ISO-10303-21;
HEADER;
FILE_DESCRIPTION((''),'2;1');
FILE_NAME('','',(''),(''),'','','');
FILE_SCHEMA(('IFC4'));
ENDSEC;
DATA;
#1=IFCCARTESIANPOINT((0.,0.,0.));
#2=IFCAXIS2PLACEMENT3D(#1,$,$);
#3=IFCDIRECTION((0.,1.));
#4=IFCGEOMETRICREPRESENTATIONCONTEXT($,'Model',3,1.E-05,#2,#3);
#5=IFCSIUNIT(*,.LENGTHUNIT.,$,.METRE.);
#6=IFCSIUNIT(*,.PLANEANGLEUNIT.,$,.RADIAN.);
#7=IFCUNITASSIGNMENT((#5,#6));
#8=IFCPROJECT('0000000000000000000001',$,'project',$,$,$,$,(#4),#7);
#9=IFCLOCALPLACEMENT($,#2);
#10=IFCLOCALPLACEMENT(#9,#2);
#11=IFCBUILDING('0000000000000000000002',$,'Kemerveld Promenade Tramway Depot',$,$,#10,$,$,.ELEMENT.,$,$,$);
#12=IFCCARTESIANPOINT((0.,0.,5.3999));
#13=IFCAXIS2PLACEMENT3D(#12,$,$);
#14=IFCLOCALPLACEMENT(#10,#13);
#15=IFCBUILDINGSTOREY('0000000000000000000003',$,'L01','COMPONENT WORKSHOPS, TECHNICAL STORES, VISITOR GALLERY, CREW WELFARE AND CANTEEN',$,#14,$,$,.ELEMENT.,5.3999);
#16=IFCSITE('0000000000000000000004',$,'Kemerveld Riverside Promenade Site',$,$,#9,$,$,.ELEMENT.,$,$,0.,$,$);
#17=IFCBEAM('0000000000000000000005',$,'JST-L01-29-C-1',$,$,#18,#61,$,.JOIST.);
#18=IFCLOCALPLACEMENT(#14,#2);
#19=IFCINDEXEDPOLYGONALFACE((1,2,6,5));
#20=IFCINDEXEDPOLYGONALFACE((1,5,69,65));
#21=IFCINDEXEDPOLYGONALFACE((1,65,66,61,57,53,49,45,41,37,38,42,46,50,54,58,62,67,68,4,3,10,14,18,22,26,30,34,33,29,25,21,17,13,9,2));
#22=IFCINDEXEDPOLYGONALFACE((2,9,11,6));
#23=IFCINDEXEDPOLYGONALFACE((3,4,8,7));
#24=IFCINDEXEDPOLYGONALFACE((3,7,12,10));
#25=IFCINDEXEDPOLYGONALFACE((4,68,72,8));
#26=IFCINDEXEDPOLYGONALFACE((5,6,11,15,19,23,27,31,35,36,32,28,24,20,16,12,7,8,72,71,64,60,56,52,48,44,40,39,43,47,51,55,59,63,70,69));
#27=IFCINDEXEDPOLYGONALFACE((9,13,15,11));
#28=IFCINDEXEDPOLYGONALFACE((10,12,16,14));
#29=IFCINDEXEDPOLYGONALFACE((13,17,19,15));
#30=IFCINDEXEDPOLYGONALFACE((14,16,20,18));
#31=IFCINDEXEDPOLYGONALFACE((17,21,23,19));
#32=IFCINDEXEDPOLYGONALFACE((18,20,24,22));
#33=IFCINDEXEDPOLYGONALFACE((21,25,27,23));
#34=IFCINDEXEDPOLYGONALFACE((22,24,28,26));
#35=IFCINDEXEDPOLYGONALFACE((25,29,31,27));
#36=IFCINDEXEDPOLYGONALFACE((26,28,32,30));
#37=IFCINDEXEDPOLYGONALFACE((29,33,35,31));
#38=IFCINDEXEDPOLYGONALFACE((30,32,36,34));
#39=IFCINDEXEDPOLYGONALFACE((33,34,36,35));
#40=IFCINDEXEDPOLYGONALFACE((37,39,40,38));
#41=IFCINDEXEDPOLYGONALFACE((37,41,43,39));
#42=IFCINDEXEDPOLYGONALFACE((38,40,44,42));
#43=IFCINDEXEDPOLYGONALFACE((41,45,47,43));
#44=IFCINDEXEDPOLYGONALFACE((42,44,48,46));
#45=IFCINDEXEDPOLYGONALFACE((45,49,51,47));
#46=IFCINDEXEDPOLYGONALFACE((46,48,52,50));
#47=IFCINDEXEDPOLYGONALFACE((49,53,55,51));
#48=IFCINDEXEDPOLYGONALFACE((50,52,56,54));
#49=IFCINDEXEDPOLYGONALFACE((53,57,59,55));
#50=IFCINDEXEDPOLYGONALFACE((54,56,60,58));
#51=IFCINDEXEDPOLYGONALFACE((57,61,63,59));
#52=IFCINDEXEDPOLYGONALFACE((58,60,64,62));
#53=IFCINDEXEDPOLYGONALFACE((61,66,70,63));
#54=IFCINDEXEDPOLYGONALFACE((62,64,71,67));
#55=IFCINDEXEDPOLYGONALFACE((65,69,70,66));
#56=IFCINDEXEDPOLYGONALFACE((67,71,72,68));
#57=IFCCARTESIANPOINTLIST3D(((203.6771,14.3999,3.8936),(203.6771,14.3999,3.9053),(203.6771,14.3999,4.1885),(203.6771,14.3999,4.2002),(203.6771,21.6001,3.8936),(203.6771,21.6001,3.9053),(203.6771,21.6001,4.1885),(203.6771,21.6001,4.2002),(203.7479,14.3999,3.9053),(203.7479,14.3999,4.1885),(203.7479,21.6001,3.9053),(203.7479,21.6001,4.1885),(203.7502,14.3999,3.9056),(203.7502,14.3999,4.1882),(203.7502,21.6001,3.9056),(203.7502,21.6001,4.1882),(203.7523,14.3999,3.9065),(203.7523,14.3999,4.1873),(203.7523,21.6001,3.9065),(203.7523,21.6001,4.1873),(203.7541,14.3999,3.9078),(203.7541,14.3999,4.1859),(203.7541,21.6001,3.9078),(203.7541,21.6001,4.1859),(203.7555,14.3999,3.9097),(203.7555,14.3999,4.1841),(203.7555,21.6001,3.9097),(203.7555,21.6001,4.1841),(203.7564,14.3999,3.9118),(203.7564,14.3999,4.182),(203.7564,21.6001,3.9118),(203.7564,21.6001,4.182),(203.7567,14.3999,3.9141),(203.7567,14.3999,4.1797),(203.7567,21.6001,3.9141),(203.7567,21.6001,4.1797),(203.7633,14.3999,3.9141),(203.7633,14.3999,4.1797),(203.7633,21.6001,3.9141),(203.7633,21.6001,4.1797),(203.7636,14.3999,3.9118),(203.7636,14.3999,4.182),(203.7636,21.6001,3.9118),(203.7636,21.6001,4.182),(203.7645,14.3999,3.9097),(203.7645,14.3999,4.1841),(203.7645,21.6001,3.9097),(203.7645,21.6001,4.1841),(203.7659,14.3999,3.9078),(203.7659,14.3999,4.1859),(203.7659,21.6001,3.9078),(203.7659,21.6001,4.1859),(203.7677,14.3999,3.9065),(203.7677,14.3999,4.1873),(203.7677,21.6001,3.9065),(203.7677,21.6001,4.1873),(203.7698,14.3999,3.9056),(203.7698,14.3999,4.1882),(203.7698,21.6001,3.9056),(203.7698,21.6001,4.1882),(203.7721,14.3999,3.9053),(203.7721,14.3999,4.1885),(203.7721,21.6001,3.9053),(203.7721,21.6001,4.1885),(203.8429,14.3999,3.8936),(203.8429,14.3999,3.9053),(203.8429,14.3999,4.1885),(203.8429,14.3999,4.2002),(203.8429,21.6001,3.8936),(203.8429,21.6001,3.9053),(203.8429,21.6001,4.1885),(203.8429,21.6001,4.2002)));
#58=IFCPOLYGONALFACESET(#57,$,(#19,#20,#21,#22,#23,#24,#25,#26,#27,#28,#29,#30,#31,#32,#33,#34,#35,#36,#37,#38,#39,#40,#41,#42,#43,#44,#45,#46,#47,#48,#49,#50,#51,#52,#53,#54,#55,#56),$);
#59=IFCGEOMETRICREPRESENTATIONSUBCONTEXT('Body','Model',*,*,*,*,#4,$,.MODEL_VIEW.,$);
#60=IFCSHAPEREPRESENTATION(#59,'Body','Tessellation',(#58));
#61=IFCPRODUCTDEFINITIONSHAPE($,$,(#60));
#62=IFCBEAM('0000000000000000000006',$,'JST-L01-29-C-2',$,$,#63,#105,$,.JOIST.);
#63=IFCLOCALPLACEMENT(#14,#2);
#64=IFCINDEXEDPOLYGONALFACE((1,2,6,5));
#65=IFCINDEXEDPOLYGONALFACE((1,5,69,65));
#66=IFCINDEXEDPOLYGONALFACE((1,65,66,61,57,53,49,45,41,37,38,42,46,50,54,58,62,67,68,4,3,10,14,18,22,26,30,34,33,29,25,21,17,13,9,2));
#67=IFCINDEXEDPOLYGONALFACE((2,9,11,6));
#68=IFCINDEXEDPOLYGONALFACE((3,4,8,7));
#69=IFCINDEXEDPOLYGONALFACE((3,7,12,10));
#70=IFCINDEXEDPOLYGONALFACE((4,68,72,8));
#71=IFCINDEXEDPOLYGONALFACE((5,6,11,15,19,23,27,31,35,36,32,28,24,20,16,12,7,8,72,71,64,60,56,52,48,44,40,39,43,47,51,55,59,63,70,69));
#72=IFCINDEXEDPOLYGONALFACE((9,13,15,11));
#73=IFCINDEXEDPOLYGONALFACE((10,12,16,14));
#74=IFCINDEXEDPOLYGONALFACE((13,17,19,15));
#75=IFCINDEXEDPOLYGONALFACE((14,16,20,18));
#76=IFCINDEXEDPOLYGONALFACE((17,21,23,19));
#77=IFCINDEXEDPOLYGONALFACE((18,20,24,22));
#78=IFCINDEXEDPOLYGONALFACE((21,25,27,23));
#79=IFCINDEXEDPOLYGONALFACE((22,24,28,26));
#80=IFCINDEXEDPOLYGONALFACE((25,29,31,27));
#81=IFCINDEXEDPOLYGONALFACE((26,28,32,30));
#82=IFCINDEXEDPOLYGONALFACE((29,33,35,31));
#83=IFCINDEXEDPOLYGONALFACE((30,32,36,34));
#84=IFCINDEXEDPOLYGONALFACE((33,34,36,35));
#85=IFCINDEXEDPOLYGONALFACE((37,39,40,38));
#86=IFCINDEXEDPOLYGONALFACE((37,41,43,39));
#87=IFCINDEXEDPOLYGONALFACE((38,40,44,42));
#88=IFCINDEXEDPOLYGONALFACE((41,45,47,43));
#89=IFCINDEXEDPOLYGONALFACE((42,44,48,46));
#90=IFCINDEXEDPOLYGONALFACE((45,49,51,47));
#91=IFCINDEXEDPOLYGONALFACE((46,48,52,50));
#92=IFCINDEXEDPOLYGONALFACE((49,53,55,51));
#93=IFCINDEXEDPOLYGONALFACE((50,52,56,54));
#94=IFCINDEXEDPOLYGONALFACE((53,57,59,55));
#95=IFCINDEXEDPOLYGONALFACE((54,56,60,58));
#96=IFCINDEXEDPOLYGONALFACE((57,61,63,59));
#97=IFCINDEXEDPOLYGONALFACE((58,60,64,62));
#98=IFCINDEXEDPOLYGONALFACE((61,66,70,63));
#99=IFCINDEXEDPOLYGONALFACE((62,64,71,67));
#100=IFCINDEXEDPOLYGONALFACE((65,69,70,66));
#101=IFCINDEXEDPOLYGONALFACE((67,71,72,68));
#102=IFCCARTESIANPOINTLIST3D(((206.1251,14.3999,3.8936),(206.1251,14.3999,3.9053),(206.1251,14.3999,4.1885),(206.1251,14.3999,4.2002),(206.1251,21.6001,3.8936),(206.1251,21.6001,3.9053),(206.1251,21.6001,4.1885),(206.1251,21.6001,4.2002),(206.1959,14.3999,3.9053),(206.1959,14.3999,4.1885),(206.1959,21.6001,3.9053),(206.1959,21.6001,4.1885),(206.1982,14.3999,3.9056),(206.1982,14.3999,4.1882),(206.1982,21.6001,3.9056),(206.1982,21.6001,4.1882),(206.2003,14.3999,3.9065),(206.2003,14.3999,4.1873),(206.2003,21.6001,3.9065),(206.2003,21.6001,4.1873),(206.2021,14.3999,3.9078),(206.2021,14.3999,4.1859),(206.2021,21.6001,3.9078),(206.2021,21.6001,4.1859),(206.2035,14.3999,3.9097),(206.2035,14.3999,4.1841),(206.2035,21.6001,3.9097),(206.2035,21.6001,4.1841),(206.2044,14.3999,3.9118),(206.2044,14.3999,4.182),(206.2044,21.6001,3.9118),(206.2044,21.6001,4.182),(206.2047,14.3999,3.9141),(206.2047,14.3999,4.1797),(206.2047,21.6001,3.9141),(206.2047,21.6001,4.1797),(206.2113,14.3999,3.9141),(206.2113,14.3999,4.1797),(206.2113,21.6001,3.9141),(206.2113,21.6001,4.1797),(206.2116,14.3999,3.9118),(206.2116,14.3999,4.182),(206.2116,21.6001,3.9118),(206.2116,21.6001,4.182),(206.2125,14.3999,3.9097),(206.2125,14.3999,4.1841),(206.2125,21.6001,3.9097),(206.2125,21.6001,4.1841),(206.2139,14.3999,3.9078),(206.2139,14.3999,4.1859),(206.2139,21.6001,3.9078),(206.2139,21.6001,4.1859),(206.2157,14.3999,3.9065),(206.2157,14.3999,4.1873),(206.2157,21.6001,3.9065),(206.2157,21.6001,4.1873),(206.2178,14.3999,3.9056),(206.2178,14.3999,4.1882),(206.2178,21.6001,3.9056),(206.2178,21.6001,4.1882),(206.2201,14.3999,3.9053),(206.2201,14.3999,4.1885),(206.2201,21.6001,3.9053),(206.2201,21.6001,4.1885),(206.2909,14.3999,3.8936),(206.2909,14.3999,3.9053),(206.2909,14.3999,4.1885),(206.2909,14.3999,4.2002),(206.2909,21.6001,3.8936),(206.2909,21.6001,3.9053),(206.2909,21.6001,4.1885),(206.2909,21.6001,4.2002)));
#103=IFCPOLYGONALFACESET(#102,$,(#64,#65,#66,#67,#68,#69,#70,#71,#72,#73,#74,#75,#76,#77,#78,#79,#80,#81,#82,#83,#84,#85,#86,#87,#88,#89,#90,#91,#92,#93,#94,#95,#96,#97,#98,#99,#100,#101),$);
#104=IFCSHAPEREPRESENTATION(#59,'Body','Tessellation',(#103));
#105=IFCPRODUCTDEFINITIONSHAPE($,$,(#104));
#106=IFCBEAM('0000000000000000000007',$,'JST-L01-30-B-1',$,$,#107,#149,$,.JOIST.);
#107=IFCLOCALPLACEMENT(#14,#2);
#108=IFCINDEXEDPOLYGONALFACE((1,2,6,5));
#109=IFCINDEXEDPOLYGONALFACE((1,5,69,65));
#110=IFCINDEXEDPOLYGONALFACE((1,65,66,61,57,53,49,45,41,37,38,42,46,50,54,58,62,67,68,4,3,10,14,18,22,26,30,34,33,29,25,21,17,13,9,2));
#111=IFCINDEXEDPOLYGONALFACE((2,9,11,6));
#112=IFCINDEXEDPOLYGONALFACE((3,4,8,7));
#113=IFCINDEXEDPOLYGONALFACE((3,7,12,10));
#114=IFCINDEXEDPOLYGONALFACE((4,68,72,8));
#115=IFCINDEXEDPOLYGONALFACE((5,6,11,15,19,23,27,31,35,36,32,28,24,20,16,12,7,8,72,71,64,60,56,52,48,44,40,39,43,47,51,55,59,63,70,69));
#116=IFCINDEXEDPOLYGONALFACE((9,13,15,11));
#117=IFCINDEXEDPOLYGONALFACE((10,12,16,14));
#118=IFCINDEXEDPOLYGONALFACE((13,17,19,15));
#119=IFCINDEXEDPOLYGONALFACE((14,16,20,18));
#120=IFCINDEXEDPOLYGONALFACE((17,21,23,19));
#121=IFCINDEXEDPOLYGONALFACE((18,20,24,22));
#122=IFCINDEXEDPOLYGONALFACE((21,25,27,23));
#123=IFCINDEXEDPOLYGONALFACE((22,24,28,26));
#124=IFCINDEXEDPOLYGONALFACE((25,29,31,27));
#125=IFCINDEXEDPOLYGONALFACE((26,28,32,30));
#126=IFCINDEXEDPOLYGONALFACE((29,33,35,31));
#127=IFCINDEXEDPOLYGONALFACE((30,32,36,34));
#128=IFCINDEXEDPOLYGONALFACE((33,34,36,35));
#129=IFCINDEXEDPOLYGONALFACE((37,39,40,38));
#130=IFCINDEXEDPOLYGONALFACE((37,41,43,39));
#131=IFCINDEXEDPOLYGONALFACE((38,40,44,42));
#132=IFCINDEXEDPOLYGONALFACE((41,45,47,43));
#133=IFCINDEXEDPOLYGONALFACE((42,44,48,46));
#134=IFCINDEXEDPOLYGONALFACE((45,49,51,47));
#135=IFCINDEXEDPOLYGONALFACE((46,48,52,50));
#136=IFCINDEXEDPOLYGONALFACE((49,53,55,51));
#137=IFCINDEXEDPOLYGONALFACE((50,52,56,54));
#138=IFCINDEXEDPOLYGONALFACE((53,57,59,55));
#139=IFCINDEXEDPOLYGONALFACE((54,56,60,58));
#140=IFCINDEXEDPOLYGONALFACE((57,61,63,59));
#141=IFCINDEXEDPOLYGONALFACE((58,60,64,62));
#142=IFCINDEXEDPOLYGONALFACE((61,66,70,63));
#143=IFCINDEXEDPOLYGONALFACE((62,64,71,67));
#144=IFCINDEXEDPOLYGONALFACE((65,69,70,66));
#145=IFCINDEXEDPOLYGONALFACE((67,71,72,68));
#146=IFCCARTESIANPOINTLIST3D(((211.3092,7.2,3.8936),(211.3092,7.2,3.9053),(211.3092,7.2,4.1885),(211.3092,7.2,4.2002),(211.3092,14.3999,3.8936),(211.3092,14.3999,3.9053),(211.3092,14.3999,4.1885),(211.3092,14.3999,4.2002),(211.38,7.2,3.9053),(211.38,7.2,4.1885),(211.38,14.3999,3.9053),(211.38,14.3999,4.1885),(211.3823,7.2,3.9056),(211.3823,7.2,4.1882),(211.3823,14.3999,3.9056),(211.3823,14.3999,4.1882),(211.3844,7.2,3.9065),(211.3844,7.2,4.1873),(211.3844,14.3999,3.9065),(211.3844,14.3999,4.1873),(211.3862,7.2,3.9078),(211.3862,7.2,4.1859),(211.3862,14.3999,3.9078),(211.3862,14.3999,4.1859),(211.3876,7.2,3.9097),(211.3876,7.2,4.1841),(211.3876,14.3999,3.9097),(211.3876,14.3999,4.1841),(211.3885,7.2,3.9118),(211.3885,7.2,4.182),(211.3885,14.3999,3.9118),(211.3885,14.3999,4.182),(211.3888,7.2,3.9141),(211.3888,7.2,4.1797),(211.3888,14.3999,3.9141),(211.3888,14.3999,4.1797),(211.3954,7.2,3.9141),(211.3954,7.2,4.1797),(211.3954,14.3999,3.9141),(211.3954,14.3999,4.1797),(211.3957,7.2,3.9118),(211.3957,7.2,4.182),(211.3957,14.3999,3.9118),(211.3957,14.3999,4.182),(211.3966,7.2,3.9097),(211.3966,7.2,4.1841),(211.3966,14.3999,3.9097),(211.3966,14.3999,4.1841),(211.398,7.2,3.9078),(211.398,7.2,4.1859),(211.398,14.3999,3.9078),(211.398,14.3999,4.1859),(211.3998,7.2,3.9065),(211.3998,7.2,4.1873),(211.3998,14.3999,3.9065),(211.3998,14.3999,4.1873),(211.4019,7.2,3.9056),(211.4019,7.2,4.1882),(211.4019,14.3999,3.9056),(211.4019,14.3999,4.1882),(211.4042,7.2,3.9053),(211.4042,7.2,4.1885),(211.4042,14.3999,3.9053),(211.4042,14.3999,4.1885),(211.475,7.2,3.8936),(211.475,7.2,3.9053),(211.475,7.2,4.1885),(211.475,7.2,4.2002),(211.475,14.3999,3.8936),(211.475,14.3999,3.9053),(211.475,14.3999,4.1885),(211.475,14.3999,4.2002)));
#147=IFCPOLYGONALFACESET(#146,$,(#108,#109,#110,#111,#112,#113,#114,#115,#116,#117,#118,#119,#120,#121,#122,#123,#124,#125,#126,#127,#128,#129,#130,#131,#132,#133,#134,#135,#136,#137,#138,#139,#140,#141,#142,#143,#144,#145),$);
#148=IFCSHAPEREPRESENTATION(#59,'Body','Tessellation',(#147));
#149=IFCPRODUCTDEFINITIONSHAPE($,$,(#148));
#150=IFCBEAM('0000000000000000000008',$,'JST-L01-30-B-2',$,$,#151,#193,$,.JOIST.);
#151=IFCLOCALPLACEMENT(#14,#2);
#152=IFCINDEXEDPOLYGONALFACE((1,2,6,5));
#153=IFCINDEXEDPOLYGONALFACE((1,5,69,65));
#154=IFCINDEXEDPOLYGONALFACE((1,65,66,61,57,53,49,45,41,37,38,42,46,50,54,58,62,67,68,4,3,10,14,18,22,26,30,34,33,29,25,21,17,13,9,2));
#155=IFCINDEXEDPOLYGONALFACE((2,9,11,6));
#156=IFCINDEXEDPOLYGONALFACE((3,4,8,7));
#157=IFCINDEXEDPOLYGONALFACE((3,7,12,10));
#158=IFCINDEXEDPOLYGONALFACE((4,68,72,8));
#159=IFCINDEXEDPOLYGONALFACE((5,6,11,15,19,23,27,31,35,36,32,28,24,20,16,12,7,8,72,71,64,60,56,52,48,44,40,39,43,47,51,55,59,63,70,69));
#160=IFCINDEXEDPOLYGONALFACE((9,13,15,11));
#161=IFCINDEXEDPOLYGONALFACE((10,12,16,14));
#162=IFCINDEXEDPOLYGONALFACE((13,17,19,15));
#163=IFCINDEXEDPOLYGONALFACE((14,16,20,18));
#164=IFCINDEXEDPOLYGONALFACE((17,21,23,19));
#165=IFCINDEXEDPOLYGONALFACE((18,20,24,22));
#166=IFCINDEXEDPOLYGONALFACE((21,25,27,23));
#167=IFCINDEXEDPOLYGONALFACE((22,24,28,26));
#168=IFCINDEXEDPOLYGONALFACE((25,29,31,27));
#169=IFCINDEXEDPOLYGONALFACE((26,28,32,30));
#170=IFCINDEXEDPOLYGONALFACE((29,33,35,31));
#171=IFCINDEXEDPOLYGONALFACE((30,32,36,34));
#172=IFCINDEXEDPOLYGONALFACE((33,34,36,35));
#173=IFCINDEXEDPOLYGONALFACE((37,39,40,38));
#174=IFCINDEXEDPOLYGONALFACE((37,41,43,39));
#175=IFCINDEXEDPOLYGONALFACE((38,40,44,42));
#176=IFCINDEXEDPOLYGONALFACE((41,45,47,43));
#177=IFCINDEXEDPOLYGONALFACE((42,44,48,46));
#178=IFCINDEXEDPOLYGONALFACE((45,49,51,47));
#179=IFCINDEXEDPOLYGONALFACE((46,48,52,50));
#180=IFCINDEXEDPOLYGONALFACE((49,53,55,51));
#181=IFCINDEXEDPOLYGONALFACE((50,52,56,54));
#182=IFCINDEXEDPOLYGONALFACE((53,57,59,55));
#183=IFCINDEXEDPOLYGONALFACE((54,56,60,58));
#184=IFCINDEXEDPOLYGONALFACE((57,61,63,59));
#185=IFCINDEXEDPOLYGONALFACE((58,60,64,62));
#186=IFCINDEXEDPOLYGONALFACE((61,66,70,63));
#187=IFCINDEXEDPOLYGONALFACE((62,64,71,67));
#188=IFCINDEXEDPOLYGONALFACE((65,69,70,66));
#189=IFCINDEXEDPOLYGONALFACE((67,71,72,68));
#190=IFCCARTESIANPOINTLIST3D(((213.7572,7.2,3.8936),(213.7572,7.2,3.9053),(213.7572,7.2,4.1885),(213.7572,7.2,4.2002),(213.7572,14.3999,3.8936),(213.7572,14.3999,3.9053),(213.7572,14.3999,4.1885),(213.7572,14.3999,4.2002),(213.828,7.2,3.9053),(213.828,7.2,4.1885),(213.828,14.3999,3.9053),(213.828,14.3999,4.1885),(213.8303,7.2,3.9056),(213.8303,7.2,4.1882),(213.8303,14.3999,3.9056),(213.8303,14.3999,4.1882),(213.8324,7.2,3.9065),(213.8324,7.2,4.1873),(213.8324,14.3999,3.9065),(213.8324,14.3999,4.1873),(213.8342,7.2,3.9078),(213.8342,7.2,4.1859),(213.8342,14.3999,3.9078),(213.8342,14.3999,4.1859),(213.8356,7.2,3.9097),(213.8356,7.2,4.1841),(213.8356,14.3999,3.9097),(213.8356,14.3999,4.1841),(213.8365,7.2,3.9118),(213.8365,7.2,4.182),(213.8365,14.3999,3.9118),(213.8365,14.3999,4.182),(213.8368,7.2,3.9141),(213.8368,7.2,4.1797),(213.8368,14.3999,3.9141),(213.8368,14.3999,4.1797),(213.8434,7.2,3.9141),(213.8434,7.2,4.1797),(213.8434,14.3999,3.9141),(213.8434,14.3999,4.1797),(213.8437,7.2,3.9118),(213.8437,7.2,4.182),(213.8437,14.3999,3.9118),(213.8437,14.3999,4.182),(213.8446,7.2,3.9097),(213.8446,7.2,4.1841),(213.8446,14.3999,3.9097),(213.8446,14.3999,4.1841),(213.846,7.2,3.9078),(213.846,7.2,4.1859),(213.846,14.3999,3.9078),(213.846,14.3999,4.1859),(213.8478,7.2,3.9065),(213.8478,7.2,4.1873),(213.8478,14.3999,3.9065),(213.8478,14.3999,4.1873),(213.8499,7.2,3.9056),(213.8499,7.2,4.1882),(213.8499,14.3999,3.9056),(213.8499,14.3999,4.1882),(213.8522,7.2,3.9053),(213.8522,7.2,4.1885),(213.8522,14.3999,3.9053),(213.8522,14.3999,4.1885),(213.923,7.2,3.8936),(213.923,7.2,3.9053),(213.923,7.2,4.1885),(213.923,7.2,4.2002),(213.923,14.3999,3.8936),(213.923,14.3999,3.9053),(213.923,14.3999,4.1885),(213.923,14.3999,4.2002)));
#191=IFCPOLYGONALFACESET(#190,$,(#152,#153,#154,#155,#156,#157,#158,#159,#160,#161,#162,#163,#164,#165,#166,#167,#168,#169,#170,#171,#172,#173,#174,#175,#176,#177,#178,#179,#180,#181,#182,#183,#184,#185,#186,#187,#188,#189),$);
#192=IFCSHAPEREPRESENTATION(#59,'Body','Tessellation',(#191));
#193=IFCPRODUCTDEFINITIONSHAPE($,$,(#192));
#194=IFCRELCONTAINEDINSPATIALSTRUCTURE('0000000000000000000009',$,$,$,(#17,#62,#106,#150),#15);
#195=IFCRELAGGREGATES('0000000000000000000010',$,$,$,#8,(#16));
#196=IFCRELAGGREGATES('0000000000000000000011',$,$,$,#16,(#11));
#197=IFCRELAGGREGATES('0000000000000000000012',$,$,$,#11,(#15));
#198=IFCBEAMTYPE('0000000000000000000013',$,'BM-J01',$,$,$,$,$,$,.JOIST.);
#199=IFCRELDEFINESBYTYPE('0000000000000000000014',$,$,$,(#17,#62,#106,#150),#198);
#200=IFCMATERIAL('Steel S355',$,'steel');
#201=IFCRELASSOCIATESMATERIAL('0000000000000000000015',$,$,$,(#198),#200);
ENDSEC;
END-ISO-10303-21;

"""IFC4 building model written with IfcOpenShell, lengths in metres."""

from ifc_helpers import new_model, si_unit, direction, frame, origin, origin_2d, place, context, subcontext, project, spatial, i_section, extrude, material, material_profile, profile_set, type_object, element, save


model = new_model("IFC4")

# Units and contexts
model_context = context("Model", 3, precision=1e-05, world=origin(), true_north=direction((0.0, 1.0)))
body_context = subcontext(model_context, "Body", "Model", "MODEL_VIEW")
ifc_project = project(units=[si_unit("LENGTHUNIT", "METRE"), si_unit("PLANEANGLEUNIT", "RADIAN")], contexts=[model_context])

# Site, building, storey
site_placement = place(None, origin())
site = spatial("IfcSite", under=ifc_project, at=site_placement, Name="Kemerveld Riverside Promenade Site", CompositionType="ELEMENT", RefElevation=0.0)
building_placement = place(site_placement, origin())
building = spatial("IfcBuilding", under=site, at=building_placement, Name="Kemerveld Promenade Tramway Depot", CompositionType="ELEMENT")
storey_placement = place(building_placement, frame((0.0, 0.0, 5.3999)))
storey = spatial("IfcBuildingStorey", under=building, at=storey_placement, Name="L01", Description="COMPONENT WORKSHOPS, TECHNICAL STORES, VISITOR GALLERY, CREW WELFARE AND CANTEEN", CompositionType="ELEMENT", Elevation=5.3999)

# Shared definitions
ifc_material_1 = material(Name="Steel S355", Category="steel")

# Beams
ifc_material_profile_1 = material_profile(ifc_material_1, i_section(OverallWidth=0.1658, OverallDepth=0.3066, WebThickness=0.0066, FlangeThickness=0.0117, FilletRadius=0.0088, at=origin_2d()), Name="305x165x46 UB")
ifc_profile_set_1 = profile_set([ifc_material_profile_1], Name="Steel S355")
beam_type_1 = type_object("IfcBeamType", Name="BM-J01", PredefinedType="JOIST", material=ifc_profile_set_1)
for number, where, z_axis, x_axis, name in (
    (1, (203.76, 14.3999, 4.0469), (0.0, 1.0, 0.0), (-1.0, 0.0, 0.0), "JST-L01-29-C-1"),
    (2, (206.208, 14.3999, 4.0469), (0.0, 1.0, 0.0), (-1.0, 0.0, 0.0), "JST-L01-29-C-2"),
):
    element("IfcBeam", number, at=place(storey_placement, frame(where, z_axis=z_axis, x_axis=x_axis)), inside=storey, type_object=beam_type_1, Name=name, PredefinedType="JOIST", context=body_context, shape_type="SweptSolid", body=[
        extrude(i_section(OverallWidth=0.1658, OverallDepth=0.3066, WebThickness=0.0066, FlangeThickness=0.0117, FilletRadius=0.0088, at=origin_2d()), origin(), (0.0, 0.0, 1.0), 7.2002),
    ])
for number, where, z_axis, x_axis, name in (
    (3, (211.3921, 7.2, 4.0469), (0.0, 1.0, 0.0), (-1.0, 0.0, 0.0), "JST-L01-30-B-1"),
    (4, (213.8401, 7.2, 4.0469), (0.0, 1.0, 0.0), (-1.0, 0.0, 0.0), "JST-L01-30-B-2"),
):
    element("IfcBeam", number, at=place(storey_placement, frame(where, z_axis=z_axis, x_axis=x_axis)), inside=storey, type_object=beam_type_1, Name=name, PredefinedType="JOIST", context=body_context, shape_type="SweptSolid", body=[
        extrude(i_section(OverallWidth=0.1658, OverallDepth=0.3066, WebThickness=0.0066, FlangeThickness=0.0117, FilletRadius=0.0088, at=origin_2d()), origin(), (0.0, 0.0, 1.0), 7.2),
    ])

save(model, "model.ifc")
